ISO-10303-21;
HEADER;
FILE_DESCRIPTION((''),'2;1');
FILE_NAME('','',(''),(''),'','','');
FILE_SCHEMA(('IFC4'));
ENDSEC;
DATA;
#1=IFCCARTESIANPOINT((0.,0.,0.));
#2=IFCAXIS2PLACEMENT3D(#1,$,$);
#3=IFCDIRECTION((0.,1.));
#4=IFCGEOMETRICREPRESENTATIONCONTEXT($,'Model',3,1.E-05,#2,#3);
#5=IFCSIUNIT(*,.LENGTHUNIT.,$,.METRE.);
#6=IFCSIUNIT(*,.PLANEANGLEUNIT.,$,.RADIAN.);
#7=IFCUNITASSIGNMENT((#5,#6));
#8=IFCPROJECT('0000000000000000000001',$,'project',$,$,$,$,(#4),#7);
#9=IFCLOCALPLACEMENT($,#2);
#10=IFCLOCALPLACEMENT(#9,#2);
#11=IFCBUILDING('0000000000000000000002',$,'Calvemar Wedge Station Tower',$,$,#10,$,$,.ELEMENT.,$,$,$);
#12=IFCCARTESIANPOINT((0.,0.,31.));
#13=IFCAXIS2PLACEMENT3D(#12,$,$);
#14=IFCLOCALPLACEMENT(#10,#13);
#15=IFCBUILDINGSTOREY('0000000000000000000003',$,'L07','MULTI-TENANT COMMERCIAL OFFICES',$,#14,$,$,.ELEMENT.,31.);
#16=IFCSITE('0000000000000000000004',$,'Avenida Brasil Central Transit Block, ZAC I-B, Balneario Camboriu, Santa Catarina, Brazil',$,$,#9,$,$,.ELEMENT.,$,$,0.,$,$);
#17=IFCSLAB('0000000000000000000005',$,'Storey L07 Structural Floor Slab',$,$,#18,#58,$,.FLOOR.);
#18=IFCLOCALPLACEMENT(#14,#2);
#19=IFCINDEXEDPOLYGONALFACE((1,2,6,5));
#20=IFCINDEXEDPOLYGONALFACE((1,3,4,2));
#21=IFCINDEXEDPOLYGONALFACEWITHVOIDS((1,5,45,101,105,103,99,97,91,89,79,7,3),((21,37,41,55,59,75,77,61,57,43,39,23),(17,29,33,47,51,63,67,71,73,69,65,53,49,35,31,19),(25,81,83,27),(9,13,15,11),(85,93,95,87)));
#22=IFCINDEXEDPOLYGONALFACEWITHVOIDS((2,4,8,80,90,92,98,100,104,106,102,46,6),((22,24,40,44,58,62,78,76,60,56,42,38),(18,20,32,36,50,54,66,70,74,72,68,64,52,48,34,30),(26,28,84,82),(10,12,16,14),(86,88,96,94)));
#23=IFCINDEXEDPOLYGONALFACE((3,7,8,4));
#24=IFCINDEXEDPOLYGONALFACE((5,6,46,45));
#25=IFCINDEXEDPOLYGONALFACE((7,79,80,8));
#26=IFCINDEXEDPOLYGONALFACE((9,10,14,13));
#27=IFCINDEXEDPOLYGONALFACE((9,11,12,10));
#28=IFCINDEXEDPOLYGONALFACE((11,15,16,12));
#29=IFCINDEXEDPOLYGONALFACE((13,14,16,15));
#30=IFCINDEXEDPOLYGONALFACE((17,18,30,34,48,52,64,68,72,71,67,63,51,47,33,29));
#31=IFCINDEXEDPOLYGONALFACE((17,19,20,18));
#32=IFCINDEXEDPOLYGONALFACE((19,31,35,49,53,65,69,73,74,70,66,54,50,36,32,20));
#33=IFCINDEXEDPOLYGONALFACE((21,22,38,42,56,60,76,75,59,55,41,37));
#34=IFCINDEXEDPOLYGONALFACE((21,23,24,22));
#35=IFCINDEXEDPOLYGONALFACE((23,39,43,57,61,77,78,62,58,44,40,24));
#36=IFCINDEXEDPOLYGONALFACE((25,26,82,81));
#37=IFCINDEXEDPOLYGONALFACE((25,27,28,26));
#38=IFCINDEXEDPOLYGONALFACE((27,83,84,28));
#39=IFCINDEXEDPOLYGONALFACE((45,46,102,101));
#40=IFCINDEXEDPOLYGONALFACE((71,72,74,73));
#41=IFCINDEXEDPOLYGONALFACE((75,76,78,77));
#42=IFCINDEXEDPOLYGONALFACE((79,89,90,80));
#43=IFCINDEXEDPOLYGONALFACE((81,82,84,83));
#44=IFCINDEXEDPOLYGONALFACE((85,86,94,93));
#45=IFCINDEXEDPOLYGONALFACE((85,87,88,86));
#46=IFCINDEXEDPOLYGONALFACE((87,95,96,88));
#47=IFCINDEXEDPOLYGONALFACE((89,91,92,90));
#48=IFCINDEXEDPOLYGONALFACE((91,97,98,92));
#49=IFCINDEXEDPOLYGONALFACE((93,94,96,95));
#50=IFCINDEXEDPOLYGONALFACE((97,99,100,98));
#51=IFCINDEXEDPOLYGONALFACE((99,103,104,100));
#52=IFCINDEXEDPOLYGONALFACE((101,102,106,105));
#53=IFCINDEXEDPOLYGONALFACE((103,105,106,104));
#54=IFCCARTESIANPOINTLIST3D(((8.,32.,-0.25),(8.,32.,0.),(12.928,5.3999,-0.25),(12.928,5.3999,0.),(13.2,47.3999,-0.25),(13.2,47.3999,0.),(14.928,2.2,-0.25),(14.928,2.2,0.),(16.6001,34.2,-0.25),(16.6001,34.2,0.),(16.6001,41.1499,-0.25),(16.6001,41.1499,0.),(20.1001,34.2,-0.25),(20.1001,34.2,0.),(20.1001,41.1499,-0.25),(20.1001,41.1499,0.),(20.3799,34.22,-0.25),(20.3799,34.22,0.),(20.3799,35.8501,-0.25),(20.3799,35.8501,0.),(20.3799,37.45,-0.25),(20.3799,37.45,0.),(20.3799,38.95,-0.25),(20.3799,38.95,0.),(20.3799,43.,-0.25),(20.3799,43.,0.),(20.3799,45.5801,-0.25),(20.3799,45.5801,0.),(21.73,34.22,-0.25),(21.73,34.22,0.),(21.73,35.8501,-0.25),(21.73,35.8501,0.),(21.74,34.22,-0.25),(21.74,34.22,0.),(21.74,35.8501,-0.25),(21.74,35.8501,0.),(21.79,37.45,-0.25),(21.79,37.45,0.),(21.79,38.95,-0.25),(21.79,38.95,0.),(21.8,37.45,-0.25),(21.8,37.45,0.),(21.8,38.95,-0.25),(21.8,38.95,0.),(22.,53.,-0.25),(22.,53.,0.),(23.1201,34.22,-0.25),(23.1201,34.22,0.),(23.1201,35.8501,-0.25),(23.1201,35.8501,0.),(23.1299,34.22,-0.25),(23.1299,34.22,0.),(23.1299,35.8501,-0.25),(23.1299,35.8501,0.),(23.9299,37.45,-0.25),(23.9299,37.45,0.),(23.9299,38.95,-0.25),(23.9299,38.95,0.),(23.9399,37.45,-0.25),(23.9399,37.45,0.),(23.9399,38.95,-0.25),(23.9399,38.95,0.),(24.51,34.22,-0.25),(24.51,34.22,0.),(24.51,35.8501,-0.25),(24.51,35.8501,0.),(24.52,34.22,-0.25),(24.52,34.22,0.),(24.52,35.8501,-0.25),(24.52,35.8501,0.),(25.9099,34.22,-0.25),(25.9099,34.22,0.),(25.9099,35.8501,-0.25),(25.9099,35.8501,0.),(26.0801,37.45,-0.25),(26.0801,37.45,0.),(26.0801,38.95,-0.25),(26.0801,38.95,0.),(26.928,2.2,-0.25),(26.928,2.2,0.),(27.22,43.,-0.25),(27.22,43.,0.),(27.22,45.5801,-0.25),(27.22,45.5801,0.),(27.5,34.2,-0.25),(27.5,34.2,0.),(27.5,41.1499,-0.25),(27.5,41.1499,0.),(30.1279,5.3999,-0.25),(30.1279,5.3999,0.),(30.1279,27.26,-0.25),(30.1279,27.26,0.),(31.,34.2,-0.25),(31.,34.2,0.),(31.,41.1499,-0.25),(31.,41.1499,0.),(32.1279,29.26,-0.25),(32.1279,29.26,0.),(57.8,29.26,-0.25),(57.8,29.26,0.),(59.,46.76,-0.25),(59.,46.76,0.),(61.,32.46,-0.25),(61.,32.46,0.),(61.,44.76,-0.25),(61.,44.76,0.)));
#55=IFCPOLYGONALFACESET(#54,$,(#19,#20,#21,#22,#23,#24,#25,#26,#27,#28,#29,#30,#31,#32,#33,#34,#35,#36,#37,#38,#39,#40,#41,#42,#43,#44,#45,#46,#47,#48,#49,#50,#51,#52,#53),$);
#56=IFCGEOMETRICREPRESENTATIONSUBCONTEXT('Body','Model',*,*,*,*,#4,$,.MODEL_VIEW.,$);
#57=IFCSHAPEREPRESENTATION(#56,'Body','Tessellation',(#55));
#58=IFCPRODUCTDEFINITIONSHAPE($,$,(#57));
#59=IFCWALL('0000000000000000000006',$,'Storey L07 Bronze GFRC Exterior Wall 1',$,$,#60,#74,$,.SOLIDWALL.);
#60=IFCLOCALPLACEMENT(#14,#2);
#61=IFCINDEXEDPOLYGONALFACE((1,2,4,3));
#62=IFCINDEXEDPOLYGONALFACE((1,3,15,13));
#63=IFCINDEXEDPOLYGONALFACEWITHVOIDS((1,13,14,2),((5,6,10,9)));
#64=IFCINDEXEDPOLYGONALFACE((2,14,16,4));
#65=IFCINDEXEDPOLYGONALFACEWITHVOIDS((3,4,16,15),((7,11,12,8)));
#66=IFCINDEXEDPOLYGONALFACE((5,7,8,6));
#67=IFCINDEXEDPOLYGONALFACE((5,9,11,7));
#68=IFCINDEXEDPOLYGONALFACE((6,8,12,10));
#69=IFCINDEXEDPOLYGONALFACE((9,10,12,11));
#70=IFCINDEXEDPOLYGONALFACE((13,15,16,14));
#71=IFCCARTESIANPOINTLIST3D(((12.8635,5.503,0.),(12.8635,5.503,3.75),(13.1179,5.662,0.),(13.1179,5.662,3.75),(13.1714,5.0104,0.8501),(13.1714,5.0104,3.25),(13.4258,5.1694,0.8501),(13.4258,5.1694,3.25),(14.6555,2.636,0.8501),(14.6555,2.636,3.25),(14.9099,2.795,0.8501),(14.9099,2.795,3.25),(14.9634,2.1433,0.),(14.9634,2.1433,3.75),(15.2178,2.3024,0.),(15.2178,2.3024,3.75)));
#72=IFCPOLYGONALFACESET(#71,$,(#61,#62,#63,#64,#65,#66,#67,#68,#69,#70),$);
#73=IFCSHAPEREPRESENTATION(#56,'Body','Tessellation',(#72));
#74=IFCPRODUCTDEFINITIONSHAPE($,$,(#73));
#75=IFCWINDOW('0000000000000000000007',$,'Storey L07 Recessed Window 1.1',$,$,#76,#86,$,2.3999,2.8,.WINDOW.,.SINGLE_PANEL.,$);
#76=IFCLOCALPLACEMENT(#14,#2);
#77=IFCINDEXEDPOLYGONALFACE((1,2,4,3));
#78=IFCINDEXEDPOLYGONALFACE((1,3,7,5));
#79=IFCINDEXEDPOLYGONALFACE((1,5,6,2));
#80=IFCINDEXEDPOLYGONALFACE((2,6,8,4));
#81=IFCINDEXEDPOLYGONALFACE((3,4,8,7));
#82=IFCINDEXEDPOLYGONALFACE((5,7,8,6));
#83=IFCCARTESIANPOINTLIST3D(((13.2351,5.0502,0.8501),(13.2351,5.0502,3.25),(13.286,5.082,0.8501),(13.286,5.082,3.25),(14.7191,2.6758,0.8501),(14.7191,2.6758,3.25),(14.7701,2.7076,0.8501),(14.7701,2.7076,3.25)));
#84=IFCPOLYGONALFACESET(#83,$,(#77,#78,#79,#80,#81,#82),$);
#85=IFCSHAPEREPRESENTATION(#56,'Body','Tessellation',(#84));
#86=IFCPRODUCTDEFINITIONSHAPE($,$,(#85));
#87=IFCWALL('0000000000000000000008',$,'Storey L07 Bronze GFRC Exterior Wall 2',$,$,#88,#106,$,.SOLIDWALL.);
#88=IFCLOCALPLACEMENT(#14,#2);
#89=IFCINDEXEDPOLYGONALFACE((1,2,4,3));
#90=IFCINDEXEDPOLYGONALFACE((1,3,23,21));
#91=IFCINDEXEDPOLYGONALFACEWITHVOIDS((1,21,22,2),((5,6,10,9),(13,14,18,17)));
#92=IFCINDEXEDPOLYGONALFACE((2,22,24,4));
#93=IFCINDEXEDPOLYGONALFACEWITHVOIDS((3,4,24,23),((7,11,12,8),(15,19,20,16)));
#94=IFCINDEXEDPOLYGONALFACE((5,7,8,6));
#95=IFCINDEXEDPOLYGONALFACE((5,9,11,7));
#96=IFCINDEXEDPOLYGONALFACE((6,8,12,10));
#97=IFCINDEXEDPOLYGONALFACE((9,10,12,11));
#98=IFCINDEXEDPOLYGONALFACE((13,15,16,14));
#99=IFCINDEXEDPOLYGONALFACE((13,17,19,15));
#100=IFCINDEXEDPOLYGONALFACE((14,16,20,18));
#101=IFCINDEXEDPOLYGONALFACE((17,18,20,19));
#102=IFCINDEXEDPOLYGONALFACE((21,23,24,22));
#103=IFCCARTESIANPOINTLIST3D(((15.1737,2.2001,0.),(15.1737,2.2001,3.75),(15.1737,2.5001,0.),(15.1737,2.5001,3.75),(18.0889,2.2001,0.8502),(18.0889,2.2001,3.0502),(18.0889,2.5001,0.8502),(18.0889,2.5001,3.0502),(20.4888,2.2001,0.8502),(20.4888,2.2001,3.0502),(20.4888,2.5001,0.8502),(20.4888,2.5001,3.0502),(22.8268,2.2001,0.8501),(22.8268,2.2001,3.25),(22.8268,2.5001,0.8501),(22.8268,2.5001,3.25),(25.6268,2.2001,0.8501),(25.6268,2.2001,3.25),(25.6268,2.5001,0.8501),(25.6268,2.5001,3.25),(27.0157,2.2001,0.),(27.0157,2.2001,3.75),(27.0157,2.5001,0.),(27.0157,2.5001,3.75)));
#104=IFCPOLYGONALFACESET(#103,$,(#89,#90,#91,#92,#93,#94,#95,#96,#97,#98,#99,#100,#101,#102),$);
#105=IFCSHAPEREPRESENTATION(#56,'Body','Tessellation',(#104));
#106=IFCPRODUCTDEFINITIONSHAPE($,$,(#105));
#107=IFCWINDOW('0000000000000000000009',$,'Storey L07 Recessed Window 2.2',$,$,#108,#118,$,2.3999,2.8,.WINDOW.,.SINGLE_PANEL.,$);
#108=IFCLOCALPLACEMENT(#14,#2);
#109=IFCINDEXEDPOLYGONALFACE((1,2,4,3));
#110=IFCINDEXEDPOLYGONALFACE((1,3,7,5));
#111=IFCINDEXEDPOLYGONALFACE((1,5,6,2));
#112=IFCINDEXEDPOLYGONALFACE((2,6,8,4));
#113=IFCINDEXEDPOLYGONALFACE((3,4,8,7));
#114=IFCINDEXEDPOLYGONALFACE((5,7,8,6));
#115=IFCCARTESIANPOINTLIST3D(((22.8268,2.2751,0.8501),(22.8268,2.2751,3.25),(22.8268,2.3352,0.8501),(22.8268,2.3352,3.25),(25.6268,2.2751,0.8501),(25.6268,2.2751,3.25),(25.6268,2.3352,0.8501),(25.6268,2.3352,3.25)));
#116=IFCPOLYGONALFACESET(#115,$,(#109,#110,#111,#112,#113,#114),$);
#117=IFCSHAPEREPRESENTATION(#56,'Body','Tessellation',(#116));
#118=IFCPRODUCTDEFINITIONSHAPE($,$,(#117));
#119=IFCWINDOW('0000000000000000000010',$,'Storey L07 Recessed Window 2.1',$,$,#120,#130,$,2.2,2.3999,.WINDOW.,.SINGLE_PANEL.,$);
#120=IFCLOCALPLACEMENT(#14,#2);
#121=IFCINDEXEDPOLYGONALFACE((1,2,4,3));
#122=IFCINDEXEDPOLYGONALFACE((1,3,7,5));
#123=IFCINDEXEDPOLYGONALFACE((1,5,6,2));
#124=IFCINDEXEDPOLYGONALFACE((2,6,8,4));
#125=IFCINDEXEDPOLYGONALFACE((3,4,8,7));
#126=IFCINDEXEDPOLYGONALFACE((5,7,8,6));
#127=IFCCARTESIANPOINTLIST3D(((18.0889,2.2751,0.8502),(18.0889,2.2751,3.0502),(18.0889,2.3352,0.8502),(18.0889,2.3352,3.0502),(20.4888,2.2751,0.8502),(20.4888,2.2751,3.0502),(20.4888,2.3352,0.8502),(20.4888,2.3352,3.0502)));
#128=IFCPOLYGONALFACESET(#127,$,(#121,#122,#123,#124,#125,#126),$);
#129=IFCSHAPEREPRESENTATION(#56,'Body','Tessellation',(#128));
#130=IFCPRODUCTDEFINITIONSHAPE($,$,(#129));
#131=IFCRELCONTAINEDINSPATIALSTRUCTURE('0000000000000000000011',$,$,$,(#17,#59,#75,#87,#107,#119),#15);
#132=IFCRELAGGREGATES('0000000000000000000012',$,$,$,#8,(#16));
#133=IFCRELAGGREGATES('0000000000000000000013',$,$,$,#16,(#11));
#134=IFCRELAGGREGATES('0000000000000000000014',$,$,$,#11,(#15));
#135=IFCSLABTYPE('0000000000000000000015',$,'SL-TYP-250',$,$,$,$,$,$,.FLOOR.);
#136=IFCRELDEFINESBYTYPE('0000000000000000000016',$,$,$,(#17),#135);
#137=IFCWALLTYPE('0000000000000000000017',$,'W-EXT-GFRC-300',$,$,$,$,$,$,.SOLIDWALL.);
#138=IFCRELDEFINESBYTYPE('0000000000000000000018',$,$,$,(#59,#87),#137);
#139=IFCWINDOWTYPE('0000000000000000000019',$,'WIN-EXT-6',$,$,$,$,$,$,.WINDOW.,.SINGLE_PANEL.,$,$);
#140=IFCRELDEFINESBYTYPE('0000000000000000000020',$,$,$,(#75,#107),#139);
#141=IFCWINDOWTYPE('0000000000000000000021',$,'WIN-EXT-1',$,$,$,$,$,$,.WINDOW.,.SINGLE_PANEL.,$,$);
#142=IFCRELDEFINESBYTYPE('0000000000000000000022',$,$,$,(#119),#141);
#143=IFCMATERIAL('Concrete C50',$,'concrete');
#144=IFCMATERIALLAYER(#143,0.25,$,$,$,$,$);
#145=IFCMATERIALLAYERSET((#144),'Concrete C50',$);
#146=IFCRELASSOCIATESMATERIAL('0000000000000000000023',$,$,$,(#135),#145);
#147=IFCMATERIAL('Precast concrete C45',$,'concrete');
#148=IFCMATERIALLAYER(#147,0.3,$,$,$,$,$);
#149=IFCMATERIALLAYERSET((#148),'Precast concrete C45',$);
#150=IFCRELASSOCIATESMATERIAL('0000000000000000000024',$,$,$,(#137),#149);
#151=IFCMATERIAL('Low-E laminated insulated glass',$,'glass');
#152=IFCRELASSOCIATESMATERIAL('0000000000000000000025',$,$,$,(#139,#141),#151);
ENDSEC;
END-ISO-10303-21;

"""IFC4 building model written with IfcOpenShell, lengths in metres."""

from ifc_helpers import new_model, si_unit, direction, frame, frame_2d, origin, place, context, subcontext, project, spatial, polyline, rectangle, outline, extrude, source, transform, mapped, material, layer, layer_set, type_object, element, fill, save


model = new_model("IFC4")

# Units and contexts
model_context = context("Model", 3, precision=1e-05, world=origin(), true_north=direction((0.0, 1.0)))
body_context = subcontext(model_context, "Body", "Model", "MODEL_VIEW")
ifc_project = project(units=[si_unit("LENGTHUNIT", "METRE"), si_unit("PLANEANGLEUNIT", "RADIAN")], contexts=[model_context])

# Site, building, storey
site_placement = place(None, origin())
site = spatial("IfcSite", under=ifc_project, at=site_placement, Name="Avenida Brasil Central Transit Block, ZAC I-B, Balneario Camboriu, Santa Catarina, Brazil", CompositionType="ELEMENT", RefElevation=0.0)
building_placement = place(site_placement, origin())
building = spatial("IfcBuilding", under=site, at=building_placement, Name="Calvemar Wedge Station Tower", CompositionType="ELEMENT")
storey_placement = place(building_placement, frame((0.0, 0.0, 31.0)))
storey = spatial("IfcBuildingStorey", under=building, at=storey_placement, Name="L07", Description="MULTI-TENANT COMMERCIAL OFFICES", CompositionType="ELEMENT", Elevation=31.0)

# Slab
ifc_material_1 = material(Name="Concrete C50", Category="concrete")
ifc_layer_1 = layer(ifc_material_1, 0.25)
ifc_layer_set_1 = layer_set([ifc_layer_1], Name="Concrete C50")
slab_type_1 = type_object("IfcSlabType", Name="SL-TYP-250", PredefinedType="FLOOR", material=ifc_layer_set_1)
slab_1_placement = place(storey_placement, frame((0.0, 0.0, -0.25)))
element("IfcSlab", 1, at=slab_1_placement, inside=storey, type_object=slab_type_1, Name="Storey L07 Structural Floor Slab", PredefinedType="FLOOR", context=body_context, shape_type="SweptSolid", body=[
    extrude(outline(polyline([(8.0, 32.0), (12.928, 5.3999), (14.928, 2.2), (26.928, 2.2), (30.1279, 5.3999), (30.1279, 27.26), (32.1279, 29.26), (57.8, 29.26), (61.0, 32.46), (61.0, 44.76), (59.0, 46.76), (22.0, 53.0), (13.2, 47.3999), (8.0, 32.0)]), holes=[polyline([(21.74, 35.8501), (21.73, 35.8501), (20.3799, 35.8501), (20.3799, 34.22), (21.73, 34.22), (21.74, 34.22), (23.1201, 34.22), (23.1299, 34.22), (24.51, 34.22), (24.52, 34.22), (25.9099, 34.22), (25.9099, 35.8501), (24.52, 35.8501), (24.51, 35.8501), (23.1299, 35.8501), (23.1201, 35.8501), (21.74, 35.8501)]), polyline([(16.6001, 41.1499), (16.6001, 34.2), (20.1001, 34.2), (20.1001, 41.1499), (16.6001, 41.1499)]), polyline([(27.5, 34.2), (31.0, 34.2), (31.0, 41.1499), (27.5, 41.1499), (27.5, 34.2)]), polyline([(21.79, 37.45), (21.8, 37.45), (23.9299, 37.45), (23.9399, 37.45), (26.0801, 37.45), (26.0801, 38.95), (23.9399, 38.95), (23.9299, 38.95), (21.8, 38.95), (21.79, 38.95), (20.3799, 38.95), (20.3799, 37.45), (21.79, 37.45)]), polyline([(20.3799, 43.0), (27.22, 43.0), (27.22, 45.5801), (20.3799, 45.5801), (20.3799, 43.0)])]), origin(), (0.0, 0.0, 1.0), 0.25),
])

# Wall, opening, window
ifc_material_2 = material(Name="Precast concrete C45", Category="concrete")
ifc_layer_2 = layer(ifc_material_2, 0.3)
ifc_layer_set_2 = layer_set([ifc_layer_2], Name="Precast concrete C45")
wall_type_1 = type_object("IfcWallType", Name="W-EXT-GFRC-300", PredefinedType="SOLIDWALL", material=ifc_layer_set_2)
wall_1_placement = place(storey_placement, frame((12.9907, 5.5825, 0.0), z_axis=(0.0, 0.0, 1.0), x_axis=(0.530016, -0.847988, 0.0)))
wall_1 = element("IfcWall", 2, at=wall_1_placement, inside=storey, type_object=wall_type_1, Name="Storey L07 Bronze GFRC Exterior Wall 1", PredefinedType="SOLIDWALL", context=body_context, shape_type="SweptSolid", body=[
    extrude(rectangle(XDim=3.9619, YDim=0.3, at=frame_2d((1.981, 0.0))), origin(), (0.0, 0.0, 1.0), 3.75),
])
shared_shape_1 = source(origin(), body_context, "Body", "SweptSolid", [
    extrude(rectangle(XDim=2.8, YDim=2.3999, at=frame_2d((1.3999, 1.2))), frame((0.0, 0.1602, 0.0), z_axis=(0.0, -1.0, 0.0), x_axis=(1.0, 0.0, 0.0)), (0.0, 0.0, 1.0), 0.3201),
])
opening_1_placement = place(wall_1_placement, frame((0.5811, 0.0, 0.8501)))
opening_1 = element("IfcOpeningElement", 3, at=opening_1_placement, cuts=wall_1, PredefinedType="OPENING", context=body_context, shape_type="MappedRepresentation", body=[
    mapped(shared_shape_1, transform((0.0, 0.0, 0.0), scale=1.0)),
])
ifc_material_3 = material(Name="Low-E laminated insulated glass", Category="glass")
window_type_1 = type_object("IfcWindowType", Name="WIN-EXT-6", PartitioningType="SINGLE_PANEL", PredefinedType="WINDOW", material=ifc_material_3)
shared_shape_2 = source(origin(), body_context, "Body", "SweptSolid", [
    extrude(rectangle(XDim=2.8, YDim=2.3999, at=frame_2d((1.3999, 1.2))), frame((0.0, -0.0149, 0.0), z_axis=(0.0, -1.0, 0.0), x_axis=(1.0, 0.0, 0.0)), (0.0, 0.0, 1.0), 0.0601),
])
window_1_placement = place(opening_1_placement, origin())
window_1 = element("IfcWindow", 4, at=window_1_placement, inside=storey, type_object=window_type_1, Name="Storey L07 Recessed Window 1.1", OverallHeight=2.3999, OverallWidth=2.8, PartitioningType="SINGLE_PANEL", PredefinedType="WINDOW", context=body_context, shape_type="MappedRepresentation", body=[
    mapped(shared_shape_2, transform((0.0, 0.0, 0.0), scale=1.0)),
])
fill(opening_1, window_1)

# Wall, openings, windows
wall_2_placement = place(storey_placement, frame((15.1738, 2.3501, 0.0), z_axis=(0.0, 0.0, 1.0), x_axis=(1.0, 0.0, 0.0)))
wall_2 = element("IfcWall", 5, at=wall_2_placement, inside=storey, type_object=wall_type_1, Name="Storey L07 Bronze GFRC Exterior Wall 2", PredefinedType="SOLIDWALL", context=body_context, shape_type="SweptSolid", body=[
    extrude(rectangle(XDim=11.842, YDim=0.3, at=frame_2d((5.9209, 0.0))), origin(), (0.0, 0.0, 1.0), 3.75),
])
shared_shape_3 = source(origin(), body_context, "Body", "SweptSolid", [
    extrude(rectangle(XDim=2.3999, YDim=2.2, at=frame_2d((1.2, 1.1001))), frame((0.0, 0.1602, 0.0), z_axis=(0.0, -1.0, 0.0), x_axis=(1.0, 0.0, 0.0)), (0.0, 0.0, 1.0), 0.3201),
])
opening_2_placement = place(wall_2_placement, frame((2.915, 0.0, 0.8501)))
opening_2 = element("IfcOpeningElement", 6, at=opening_2_placement, cuts=wall_2, PredefinedType="OPENING", context=body_context, shape_type="MappedRepresentation", body=[
    mapped(shared_shape_3, transform((0.0, 0.0, 0.0), scale=1.0)),
])
opening_3_placement = place(wall_2_placement, frame((7.6531, 0.0, 0.8501)))
opening_3 = element("IfcOpeningElement", 7, at=opening_3_placement, cuts=wall_2, PredefinedType="OPENING", context=body_context, shape_type="MappedRepresentation", body=[
    mapped(shared_shape_1, transform((0.0, 0.0, 0.0), scale=1.0)),
])
window_2_placement = place(opening_3_placement, origin())
window_2 = element("IfcWindow", 8, at=window_2_placement, inside=storey, type_object=window_type_1, Name="Storey L07 Recessed Window 2.2", OverallHeight=2.3999, OverallWidth=2.8, PartitioningType="SINGLE_PANEL", PredefinedType="WINDOW", context=body_context, shape_type="MappedRepresentation", body=[
    mapped(shared_shape_2, transform((0.0, 0.0, 0.0), scale=1.0)),
])
fill(opening_3, window_2)
window_type_2 = type_object("IfcWindowType", Name="WIN-EXT-1", PartitioningType="SINGLE_PANEL", PredefinedType="WINDOW", material=ifc_material_3)
shared_shape_4 = source(origin(), body_context, "Body", "SweptSolid", [
    extrude(rectangle(XDim=2.3999, YDim=2.2, at=frame_2d((1.2, 1.1001))), frame((0.0, -0.0149, 0.0), z_axis=(0.0, -1.0, 0.0), x_axis=(1.0, 0.0, 0.0)), (0.0, 0.0, 1.0), 0.0601),
])
window_3_placement = place(opening_2_placement, origin())
window_3 = element("IfcWindow", 9, at=window_3_placement, inside=storey, type_object=window_type_2, Name="Storey L07 Recessed Window 2.1", OverallHeight=2.2, OverallWidth=2.3999, PartitioningType="SINGLE_PANEL", PredefinedType="WINDOW", context=body_context, shape_type="MappedRepresentation", body=[
    mapped(shared_shape_4, transform((0.0, 0.0, 0.0), scale=1.0)),
])
fill(opening_2, window_3)

save(model, "model.ifc")
